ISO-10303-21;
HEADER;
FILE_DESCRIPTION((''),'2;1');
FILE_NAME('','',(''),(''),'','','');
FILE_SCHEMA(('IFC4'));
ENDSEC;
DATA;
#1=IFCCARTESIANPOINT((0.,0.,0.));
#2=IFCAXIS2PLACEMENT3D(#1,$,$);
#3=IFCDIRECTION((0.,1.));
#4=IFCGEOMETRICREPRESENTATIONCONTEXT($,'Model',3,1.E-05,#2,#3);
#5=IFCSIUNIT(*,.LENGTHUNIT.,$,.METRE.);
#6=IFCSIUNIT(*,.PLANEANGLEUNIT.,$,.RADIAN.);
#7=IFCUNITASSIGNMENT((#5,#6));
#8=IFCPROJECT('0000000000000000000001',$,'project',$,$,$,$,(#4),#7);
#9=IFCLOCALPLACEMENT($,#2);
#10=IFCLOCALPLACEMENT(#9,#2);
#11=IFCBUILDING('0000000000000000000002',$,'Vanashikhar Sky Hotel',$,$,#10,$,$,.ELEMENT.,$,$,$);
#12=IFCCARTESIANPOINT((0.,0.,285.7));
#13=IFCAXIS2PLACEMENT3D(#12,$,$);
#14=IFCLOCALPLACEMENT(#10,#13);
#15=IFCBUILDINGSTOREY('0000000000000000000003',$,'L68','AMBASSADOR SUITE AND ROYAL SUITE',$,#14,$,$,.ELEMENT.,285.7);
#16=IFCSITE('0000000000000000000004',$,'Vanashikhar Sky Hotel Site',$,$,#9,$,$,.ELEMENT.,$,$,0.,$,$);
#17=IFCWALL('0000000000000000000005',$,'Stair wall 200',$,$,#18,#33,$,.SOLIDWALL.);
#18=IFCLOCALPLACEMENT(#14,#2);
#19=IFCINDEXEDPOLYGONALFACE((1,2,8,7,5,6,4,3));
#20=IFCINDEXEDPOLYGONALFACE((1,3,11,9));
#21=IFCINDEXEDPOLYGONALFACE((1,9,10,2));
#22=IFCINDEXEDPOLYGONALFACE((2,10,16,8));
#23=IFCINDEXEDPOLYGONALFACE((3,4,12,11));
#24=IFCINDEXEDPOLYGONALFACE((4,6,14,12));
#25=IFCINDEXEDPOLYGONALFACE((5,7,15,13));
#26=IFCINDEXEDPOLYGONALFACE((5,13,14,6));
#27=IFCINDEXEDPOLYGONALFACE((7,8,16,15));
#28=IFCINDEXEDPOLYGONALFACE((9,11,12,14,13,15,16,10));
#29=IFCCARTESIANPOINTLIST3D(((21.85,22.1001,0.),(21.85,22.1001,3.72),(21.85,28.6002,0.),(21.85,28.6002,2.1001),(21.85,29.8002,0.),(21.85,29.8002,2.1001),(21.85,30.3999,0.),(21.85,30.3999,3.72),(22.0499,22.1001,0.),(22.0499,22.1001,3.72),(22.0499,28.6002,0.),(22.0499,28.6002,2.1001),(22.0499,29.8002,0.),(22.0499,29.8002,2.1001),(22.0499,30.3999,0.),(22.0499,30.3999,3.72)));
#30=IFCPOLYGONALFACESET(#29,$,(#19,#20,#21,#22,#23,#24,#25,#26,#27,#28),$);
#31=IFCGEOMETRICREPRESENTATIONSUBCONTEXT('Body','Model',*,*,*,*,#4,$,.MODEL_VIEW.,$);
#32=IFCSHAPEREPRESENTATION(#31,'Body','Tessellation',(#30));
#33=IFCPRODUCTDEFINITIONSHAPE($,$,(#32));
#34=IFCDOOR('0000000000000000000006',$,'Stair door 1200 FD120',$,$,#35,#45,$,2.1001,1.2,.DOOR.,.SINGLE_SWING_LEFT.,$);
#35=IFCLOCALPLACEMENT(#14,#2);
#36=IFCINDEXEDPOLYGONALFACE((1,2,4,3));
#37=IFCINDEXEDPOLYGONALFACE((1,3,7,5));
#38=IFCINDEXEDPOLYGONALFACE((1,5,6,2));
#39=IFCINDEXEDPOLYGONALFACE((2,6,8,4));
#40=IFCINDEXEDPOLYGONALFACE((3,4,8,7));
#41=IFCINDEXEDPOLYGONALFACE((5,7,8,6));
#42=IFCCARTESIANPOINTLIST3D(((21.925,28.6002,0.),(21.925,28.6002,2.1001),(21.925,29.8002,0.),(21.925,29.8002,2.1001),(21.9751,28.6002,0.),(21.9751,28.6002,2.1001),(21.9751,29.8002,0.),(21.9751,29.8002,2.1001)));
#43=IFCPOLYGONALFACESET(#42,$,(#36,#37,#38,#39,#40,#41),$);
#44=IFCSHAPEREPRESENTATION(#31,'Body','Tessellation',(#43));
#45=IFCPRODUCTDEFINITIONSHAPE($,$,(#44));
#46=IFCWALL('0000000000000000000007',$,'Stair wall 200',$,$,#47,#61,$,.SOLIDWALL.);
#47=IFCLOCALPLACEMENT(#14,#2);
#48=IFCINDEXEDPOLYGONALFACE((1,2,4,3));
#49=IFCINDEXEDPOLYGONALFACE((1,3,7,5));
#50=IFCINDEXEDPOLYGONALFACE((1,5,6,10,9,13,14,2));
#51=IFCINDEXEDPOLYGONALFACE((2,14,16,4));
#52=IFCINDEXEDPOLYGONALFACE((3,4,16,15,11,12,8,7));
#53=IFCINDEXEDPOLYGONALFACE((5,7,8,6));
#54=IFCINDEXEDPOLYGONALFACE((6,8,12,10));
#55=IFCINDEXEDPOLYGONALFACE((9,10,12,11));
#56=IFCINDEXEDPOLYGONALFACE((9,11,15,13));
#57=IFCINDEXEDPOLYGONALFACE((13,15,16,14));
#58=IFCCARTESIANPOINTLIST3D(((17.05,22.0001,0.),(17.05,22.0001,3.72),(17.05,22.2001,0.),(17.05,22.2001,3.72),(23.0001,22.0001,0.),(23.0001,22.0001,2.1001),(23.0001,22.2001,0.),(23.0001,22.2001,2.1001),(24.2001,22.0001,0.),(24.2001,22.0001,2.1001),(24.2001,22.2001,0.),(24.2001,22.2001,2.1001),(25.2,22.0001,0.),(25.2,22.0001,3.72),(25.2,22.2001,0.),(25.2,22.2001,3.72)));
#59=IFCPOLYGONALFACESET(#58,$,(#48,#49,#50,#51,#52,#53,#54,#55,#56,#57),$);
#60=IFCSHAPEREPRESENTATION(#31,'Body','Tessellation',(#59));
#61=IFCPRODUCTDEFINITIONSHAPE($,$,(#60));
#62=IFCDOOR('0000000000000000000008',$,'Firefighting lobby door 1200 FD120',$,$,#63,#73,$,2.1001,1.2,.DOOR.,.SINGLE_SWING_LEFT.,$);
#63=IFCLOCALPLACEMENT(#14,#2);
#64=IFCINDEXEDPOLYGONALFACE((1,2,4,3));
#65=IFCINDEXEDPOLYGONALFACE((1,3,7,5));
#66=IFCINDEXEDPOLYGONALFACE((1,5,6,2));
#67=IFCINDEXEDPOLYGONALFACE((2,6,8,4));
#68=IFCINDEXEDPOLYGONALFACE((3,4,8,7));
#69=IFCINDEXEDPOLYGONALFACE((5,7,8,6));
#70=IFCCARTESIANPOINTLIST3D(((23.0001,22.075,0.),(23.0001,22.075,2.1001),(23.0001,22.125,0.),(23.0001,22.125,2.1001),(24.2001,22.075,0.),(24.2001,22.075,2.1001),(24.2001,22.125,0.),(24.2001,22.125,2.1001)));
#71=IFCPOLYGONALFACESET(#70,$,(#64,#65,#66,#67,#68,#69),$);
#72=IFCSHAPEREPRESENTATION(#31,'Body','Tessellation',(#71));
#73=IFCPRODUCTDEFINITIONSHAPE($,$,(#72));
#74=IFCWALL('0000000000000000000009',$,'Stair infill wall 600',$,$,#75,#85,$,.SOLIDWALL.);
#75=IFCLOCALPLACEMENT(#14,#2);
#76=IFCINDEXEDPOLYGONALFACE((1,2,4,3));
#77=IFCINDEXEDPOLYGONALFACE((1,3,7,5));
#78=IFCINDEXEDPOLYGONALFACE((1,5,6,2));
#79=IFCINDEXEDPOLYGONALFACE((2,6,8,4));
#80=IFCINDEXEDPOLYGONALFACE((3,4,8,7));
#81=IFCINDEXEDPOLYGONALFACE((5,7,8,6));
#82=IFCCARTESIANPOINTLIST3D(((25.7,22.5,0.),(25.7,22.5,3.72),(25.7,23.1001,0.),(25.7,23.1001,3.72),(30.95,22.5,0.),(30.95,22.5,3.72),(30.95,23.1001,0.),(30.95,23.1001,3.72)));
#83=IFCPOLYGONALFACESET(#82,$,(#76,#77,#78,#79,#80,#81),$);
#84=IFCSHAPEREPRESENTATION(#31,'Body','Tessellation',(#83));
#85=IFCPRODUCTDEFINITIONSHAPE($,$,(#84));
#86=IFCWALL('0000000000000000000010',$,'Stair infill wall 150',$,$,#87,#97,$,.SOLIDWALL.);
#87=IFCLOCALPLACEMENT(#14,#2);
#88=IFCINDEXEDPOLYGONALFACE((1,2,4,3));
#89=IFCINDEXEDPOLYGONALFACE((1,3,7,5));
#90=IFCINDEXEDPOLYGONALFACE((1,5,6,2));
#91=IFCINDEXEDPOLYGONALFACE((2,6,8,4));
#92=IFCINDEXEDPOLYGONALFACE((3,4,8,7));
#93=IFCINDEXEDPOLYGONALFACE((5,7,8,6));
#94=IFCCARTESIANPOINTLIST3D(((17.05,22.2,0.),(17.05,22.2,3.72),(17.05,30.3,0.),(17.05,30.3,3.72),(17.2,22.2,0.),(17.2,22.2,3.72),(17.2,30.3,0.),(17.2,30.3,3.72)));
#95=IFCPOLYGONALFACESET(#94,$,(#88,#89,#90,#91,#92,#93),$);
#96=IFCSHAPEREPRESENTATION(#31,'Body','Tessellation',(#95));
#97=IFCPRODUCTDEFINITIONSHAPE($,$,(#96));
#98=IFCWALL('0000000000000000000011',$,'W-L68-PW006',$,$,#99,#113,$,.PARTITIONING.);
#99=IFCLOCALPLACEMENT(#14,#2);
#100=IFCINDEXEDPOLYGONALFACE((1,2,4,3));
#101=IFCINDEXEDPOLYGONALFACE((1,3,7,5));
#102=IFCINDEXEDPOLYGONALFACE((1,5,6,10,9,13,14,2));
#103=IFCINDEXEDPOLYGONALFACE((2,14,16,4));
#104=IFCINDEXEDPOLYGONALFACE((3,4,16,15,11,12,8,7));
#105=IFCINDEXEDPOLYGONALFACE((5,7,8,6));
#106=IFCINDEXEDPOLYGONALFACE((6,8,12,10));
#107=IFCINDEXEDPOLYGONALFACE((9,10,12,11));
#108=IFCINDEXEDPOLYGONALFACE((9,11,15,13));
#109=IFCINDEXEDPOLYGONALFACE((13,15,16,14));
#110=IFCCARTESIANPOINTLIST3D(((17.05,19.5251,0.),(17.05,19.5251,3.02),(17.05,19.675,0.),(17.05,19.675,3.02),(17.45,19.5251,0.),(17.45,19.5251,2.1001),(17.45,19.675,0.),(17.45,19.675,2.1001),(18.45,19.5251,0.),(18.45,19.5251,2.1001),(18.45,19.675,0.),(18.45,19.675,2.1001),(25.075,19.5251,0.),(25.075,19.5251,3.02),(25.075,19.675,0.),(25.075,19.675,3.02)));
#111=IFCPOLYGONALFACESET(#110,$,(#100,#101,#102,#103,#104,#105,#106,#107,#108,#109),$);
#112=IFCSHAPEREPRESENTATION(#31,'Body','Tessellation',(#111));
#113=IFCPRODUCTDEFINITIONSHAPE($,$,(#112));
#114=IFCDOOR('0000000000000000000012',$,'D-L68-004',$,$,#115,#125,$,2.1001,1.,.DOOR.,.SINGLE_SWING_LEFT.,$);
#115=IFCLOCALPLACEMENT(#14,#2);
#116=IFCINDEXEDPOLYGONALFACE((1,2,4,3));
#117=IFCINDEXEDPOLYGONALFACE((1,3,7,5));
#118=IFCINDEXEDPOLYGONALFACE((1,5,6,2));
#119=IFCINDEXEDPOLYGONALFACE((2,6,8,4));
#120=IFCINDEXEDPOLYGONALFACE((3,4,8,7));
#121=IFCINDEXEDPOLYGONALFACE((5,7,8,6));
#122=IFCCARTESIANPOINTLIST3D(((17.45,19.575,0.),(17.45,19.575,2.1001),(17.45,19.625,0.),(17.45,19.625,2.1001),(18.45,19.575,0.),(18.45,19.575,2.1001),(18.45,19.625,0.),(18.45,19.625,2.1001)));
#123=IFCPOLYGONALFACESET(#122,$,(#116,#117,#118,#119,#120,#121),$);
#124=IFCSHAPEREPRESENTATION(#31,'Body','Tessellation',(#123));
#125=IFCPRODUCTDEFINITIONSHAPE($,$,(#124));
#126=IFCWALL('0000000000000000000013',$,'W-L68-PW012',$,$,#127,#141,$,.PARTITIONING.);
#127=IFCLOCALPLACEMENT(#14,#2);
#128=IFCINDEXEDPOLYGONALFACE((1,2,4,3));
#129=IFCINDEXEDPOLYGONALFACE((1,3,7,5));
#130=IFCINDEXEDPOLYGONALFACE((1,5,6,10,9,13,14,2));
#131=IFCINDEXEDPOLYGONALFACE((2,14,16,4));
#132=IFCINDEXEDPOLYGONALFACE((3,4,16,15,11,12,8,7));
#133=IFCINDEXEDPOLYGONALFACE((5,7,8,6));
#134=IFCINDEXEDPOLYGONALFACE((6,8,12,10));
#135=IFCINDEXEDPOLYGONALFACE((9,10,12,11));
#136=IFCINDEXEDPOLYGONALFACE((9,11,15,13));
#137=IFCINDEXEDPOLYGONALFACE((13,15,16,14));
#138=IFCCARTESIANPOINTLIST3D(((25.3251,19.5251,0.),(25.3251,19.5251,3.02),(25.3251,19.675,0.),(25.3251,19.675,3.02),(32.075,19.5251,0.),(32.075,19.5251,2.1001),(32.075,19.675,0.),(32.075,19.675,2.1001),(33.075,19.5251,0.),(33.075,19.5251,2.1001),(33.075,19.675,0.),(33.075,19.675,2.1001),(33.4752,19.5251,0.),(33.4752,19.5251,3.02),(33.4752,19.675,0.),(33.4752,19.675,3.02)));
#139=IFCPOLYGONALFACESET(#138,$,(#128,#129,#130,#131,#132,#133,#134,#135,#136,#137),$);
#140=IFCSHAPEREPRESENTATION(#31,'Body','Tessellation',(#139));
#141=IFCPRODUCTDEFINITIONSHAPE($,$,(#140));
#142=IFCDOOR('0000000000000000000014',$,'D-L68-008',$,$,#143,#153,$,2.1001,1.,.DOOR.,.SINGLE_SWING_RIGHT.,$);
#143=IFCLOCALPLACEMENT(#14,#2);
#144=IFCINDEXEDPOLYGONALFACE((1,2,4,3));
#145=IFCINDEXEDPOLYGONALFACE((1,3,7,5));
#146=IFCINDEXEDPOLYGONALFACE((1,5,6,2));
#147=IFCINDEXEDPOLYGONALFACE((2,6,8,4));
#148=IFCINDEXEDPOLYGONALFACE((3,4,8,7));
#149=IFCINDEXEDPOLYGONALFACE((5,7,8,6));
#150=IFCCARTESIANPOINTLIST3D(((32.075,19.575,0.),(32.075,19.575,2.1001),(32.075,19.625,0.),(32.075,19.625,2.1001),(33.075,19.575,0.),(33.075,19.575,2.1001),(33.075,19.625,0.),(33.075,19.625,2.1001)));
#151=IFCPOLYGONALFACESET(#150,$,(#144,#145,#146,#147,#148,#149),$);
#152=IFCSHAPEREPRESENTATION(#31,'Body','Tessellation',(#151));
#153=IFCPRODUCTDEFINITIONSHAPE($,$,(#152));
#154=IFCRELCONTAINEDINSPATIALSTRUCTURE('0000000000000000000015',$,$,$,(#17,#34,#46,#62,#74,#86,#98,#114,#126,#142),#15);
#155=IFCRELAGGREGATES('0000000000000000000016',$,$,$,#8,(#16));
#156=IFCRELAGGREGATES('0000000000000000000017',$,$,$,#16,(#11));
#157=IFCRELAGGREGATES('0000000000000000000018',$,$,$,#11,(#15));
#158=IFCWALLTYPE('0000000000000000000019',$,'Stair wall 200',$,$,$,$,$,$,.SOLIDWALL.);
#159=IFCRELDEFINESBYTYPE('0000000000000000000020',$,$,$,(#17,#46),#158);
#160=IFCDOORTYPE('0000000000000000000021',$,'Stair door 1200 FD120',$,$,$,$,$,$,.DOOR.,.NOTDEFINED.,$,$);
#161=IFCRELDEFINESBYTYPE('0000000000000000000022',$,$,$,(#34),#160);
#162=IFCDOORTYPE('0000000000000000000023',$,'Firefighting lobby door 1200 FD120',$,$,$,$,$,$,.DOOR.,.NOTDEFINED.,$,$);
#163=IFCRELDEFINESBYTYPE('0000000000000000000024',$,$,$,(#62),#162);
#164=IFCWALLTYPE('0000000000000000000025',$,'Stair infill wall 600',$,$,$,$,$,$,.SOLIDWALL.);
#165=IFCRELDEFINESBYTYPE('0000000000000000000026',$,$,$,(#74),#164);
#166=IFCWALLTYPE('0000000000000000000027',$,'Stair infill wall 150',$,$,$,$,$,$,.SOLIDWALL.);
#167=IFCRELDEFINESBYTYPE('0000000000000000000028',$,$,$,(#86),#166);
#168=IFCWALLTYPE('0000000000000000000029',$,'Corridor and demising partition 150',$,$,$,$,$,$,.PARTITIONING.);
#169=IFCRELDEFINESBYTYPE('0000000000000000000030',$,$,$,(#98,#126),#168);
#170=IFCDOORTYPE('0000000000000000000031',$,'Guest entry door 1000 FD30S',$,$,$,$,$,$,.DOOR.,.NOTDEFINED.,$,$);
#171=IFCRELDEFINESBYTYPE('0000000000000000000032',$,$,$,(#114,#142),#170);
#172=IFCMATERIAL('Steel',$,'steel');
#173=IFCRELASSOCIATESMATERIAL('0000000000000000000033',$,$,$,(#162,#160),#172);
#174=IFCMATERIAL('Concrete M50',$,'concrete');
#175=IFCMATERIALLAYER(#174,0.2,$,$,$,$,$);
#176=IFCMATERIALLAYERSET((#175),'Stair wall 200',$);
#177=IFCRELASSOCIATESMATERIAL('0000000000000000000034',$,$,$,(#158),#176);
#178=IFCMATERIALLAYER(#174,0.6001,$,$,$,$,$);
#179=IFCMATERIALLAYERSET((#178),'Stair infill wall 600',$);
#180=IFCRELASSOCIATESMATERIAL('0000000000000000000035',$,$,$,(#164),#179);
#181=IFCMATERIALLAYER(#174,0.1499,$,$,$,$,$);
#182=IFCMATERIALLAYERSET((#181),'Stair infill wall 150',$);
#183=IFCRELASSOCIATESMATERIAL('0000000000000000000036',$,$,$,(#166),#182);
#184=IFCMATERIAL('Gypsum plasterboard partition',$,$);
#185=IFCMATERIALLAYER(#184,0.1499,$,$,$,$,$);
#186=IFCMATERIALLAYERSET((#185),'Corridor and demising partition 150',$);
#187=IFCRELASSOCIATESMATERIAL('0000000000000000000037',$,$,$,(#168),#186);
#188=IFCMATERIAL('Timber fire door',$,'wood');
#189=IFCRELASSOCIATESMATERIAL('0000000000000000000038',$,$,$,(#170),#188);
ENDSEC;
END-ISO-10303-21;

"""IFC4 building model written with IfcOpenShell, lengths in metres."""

from ifc_helpers import new_model, si_unit, direction, frame, frame_2d, origin, place, context, subcontext, project, spatial, rectangle, extrude, source, transform, mapped, material, layer, layer_set, type_object, element, fill, save


model = new_model("IFC4")

# Units and contexts
model_context = context("Model", 3, precision=1e-05, world=origin(), true_north=direction((0.0, 1.0)))
body_context = subcontext(model_context, "Body", "Model", "MODEL_VIEW")
ifc_project = project(units=[si_unit("LENGTHUNIT", "METRE"), si_unit("PLANEANGLEUNIT", "RADIAN")], contexts=[model_context])

# Site, building, storey
site_placement = place(None, origin())
site = spatial("IfcSite", under=ifc_project, at=site_placement, Name="Vanashikhar Sky Hotel Site", CompositionType="ELEMENT", RefElevation=0.0)
building_placement = place(site_placement, origin())
building = spatial("IfcBuilding", under=site, at=building_placement, Name="Vanashikhar Sky Hotel", CompositionType="ELEMENT")
storey_placement = place(building_placement, frame((0.0, 0.0, 285.7)))
storey = spatial("IfcBuildingStorey", under=building, at=storey_placement, Name="L68", Description="AMBASSADOR SUITE AND ROYAL SUITE", CompositionType="ELEMENT", Elevation=285.7)

# Shared definitions
ifc_material_1 = material(Name="Concrete M50", Category="concrete")

# Shared definitions
ifc_material_2 = material(Name="Steel", Category="steel")
door_type_1 = type_object("IfcDoorType", Name="Firefighting lobby door 1200 FD120", OperationType="NOTDEFINED", PredefinedType="DOOR", material=ifc_material_2)

# Walls, openings, doors
ifc_layer_1 = layer(ifc_material_1, 0.2)
ifc_layer_set_1 = layer_set([ifc_layer_1], Name="Stair wall 200")
wall_type_1 = type_object("IfcWallType", Name="Stair wall 200", PredefinedType="SOLIDWALL", material=ifc_layer_set_1)
shared_shape_1 = source(origin(), body_context, "Body", "SweptSolid", [
    extrude(rectangle(XDim=8.2998, YDim=0.2, at=frame_2d((4.1499, 0.0))), origin(), (0.0, 0.0, 1.0), 3.72),
])
wall_1_placement = place(storey_placement, frame((21.95, 22.1001, 0.0), z_axis=(0.0, 0.0, 1.0), x_axis=(0.0, 1.0, 0.0)))
wall_1 = element("IfcWall", 1, at=wall_1_placement, inside=storey, type_object=wall_type_1, Name="Stair wall 200", PredefinedType="SOLIDWALL", context=body_context, shape_type="MappedRepresentation", body=[
    mapped(shared_shape_1, transform((0.0, 0.0, 0.0), scale=1.0)),
])
shared_shape_2 = source(origin(), body_context, "Body", "SweptSolid", [
    extrude(rectangle(XDim=1.2, YDim=2.1001, at=frame_2d((0.6001, 1.05))), frame((0.0, 0.1099, 0.0), z_axis=(0.0, -1.0, 0.0), x_axis=(1.0, 0.0, 0.0)), (0.0, 0.0, 1.0), 0.22),
])
opening_1_placement = place(wall_1_placement, frame((6.5, 0.0, 0.0)))
opening_1 = element("IfcOpeningElement", 2, at=opening_1_placement, cuts=wall_1, PredefinedType="OPENING", context=body_context, shape_type="MappedRepresentation", body=[
    mapped(shared_shape_2, transform((0.0, 0.0, 0.0), scale=1.0)),
])
door_type_2 = type_object("IfcDoorType", Name="Stair door 1200 FD120", OperationType="NOTDEFINED", PredefinedType="DOOR", material=ifc_material_2)
shared_shape_3 = source(origin(), body_context, "Body", "SweptSolid", [
    extrude(rectangle(XDim=1.2, YDim=2.1001, at=frame_2d((0.6001, 1.05))), frame((0.0, 0.0249, 0.0), z_axis=(0.0, -1.0, 0.0), x_axis=(1.0, 0.0, 0.0)), (0.0, 0.0, 1.0), 0.05),
])
door_1_placement = place(opening_1_placement, origin())
door_1 = element("IfcDoor", 3, at=door_1_placement, inside=storey, type_object=door_type_2, Name="Stair door 1200 FD120", OperationType="SINGLE_SWING_LEFT", OverallHeight=2.1001, OverallWidth=1.2, PredefinedType="DOOR", context=body_context, shape_type="MappedRepresentation", body=[
    mapped(shared_shape_3, transform((0.0, 0.0, 0.0), scale=1.0)),
])
fill(opening_1, door_1)
shared_shape_4 = source(origin(), body_context, "Body", "SweptSolid", [
    extrude(rectangle(XDim=8.1499, YDim=0.2, at=frame_2d((4.075, 0.0))), origin(), (0.0, 0.0, 1.0), 3.72),
])
wall_2_placement = place(storey_placement, frame((17.05, 22.1001, 0.0), z_axis=(0.0, 0.0, 1.0), x_axis=(1.0, 0.0, 0.0)))
wall_2 = element("IfcWall", 4, at=wall_2_placement, inside=storey, type_object=wall_type_1, Name="Stair wall 200", PredefinedType="SOLIDWALL", context=body_context, shape_type="MappedRepresentation", body=[
    mapped(shared_shape_4, transform((0.0, 0.0, 0.0), scale=1.0)),
])
opening_2_placement = place(wall_2_placement, frame((5.95, 0.0, 0.0)))
opening_2 = element("IfcOpeningElement", 5, at=opening_2_placement, cuts=wall_2, PredefinedType="OPENING", context=body_context, shape_type="MappedRepresentation", body=[
    mapped(shared_shape_2, transform((0.0, 0.0, 0.0), scale=1.0)),
])
door_2_placement = place(opening_2_placement, origin())
door_2 = element("IfcDoor", 6, at=door_2_placement, inside=storey, type_object=door_type_1, Name="Firefighting lobby door 1200 FD120", OperationType="SINGLE_SWING_LEFT", OverallHeight=2.1001, OverallWidth=1.2, PredefinedType="DOOR", context=body_context, shape_type="MappedRepresentation", body=[
    mapped(shared_shape_3, transform((0.0, 0.0, 0.0), scale=1.0)),
])
fill(opening_2, door_2)

# Walls
ifc_layer_2 = layer(ifc_material_1, 0.6001)
ifc_layer_set_2 = layer_set([ifc_layer_2], Name="Stair infill wall 600")
wall_type_2 = type_object("IfcWallType", Name="Stair infill wall 600", PredefinedType="SOLIDWALL", material=ifc_layer_set_2)
shared_shape_5 = source(origin(), body_context, "Body", "SweptSolid", [
    extrude(rectangle(XDim=5.25, YDim=0.6001, at=frame_2d((2.625, 0.0))), origin(), (0.0, 0.0, 1.0), 3.72),
])
wall_3_placement = place(storey_placement, frame((25.7, 22.8, 0.0), z_axis=(0.0, 0.0, 1.0), x_axis=(1.0, 0.0, 0.0)))
element("IfcWall", 7, at=wall_3_placement, inside=storey, type_object=wall_type_2, Name="Stair infill wall 600", PredefinedType="SOLIDWALL", context=body_context, shape_type="MappedRepresentation", body=[
    mapped(shared_shape_5, transform((0.0, 0.0, 0.0), scale=1.0)),
])
ifc_layer_3 = layer(ifc_material_1, 0.1499)
ifc_layer_set_3 = layer_set([ifc_layer_3], Name="Stair infill wall 150")
wall_type_3 = type_object("IfcWallType", Name="Stair infill wall 150", PredefinedType="SOLIDWALL", material=ifc_layer_set_3)
shared_shape_6 = source(origin(), body_context, "Body", "SweptSolid", [
    extrude(rectangle(XDim=8.1001, YDim=0.1499, at=frame_2d((4.05, 0.0))), origin(), (0.0, 0.0, 1.0), 3.72),
])
wall_4_placement = place(storey_placement, frame((17.125, 22.2, 0.0), z_axis=(0.0, 0.0, 1.0), x_axis=(0.0, 1.0, 0.0)))
element("IfcWall", 8, at=wall_4_placement, inside=storey, type_object=wall_type_3, Name="Stair infill wall 150", PredefinedType="SOLIDWALL", context=body_context, shape_type="MappedRepresentation", body=[
    mapped(shared_shape_6, transform((0.0, 0.0, 0.0), scale=1.0)),
])

# Walls, openings, doors
ifc_material_3 = material(Name="Gypsum plasterboard partition")
ifc_layer_4 = layer(ifc_material_3, 0.1499)
ifc_layer_set_4 = layer_set([ifc_layer_4], Name="Corridor and demising partition 150")
wall_type_4 = type_object("IfcWallType", Name="Corridor and demising partition 150", PredefinedType="PARTITIONING", material=ifc_layer_set_4)
shared_shape_7 = source(origin(), body_context, "Body", "SweptSolid", [
    extrude(rectangle(XDim=8.0249, YDim=0.1499, at=frame_2d((4.0125, 0.0))), origin(), (0.0, 0.0, 1.0), 3.02),
])
wall_5_placement = place(storey_placement, frame((17.05, 19.6001, 0.0), z_axis=(0.0, 0.0, 1.0), x_axis=(1.0, 0.0, 0.0)))
wall_5 = element("IfcWall", 9, at=wall_5_placement, inside=storey, type_object=wall_type_4, Name="W-L68-PW006", PredefinedType="PARTITIONING", context=body_context, shape_type="MappedRepresentation", body=[
    mapped(shared_shape_7, transform((0.0, 0.0, 0.0), scale=1.0)),
])
shared_shape_8 = source(origin(), body_context, "Body", "SweptSolid", [
    extrude(rectangle(XDim=1.0, YDim=2.1001, at=frame_2d((0.5, 1.05))), frame((0.0, 0.085, 0.0), z_axis=(0.0, -1.0, 0.0), x_axis=(1.0, 0.0, 0.0)), (0.0, 0.0, 1.0), 0.1699),
])
opening_3_placement = place(wall_5_placement, frame((0.3999, 0.0, 0.0)))
opening_3 = element("IfcOpeningElement", 10, at=opening_3_placement, cuts=wall_5, PredefinedType="OPENING", context=body_context, shape_type="MappedRepresentation", body=[
    mapped(shared_shape_8, transform((0.0, 0.0, 0.0), scale=1.0)),
])
ifc_material_4 = material(Name="Timber fire door", Category="wood")
door_type_3 = type_object("IfcDoorType", Name="Guest entry door 1000 FD30S", OperationType="NOTDEFINED", PredefinedType="DOOR", material=ifc_material_4)
shared_shape_9 = source(origin(), body_context, "Body", "SweptSolid", [
    extrude(rectangle(XDim=1.0, YDim=2.1001, at=frame_2d((0.5, 1.05))), frame((0.0, 0.0249, 0.0), z_axis=(0.0, -1.0, 0.0), x_axis=(1.0, 0.0, 0.0)), (0.0, 0.0, 1.0), 0.05),
])
door_3_placement = place(opening_3_placement, origin())
door_3 = element("IfcDoor", 11, at=door_3_placement, inside=storey, type_object=door_type_3, Name="D-L68-004", OperationType="SINGLE_SWING_LEFT", OverallHeight=2.1001, OverallWidth=1.0, PredefinedType="DOOR", context=body_context, shape_type="MappedRepresentation", body=[
    mapped(shared_shape_9, transform((0.0, 0.0, 0.0), scale=1.0)),
])
fill(opening_3, door_3)
shared_shape_10 = source(origin(), body_context, "Body", "SweptSolid", [
    extrude(rectangle(XDim=8.1501, YDim=0.1499, at=frame_2d((4.0752, 0.0))), origin(), (0.0, 0.0, 1.0), 3.02),
])
wall_6_placement = place(storey_placement, frame((25.325, 19.6001, 0.0), z_axis=(0.0, 0.0, 1.0), x_axis=(1.0, 0.0, 0.0)))
wall_6 = element("IfcWall", 12, at=wall_6_placement, inside=storey, type_object=wall_type_4, Name="W-L68-PW012", PredefinedType="PARTITIONING", context=body_context, shape_type="MappedRepresentation", body=[
    mapped(shared_shape_10, transform((0.0, 0.0, 0.0), scale=1.0)),
])
opening_4_placement = place(wall_6_placement, frame((6.75, 0.0, 0.0)))
opening_4 = element("IfcOpeningElement", 13, at=opening_4_placement, cuts=wall_6, PredefinedType="OPENING", context=body_context, shape_type="MappedRepresentation", body=[
    mapped(shared_shape_8, transform((0.0, 0.0, 0.0), scale=1.0)),
])
door_4_placement = place(opening_4_placement, origin())
door_4 = element("IfcDoor", 14, at=door_4_placement, inside=storey, type_object=door_type_3, Name="D-L68-008", OperationType="SINGLE_SWING_RIGHT", OverallHeight=2.1001, OverallWidth=1.0, PredefinedType="DOOR", context=body_context, shape_type="MappedRepresentation", body=[
    mapped(shared_shape_9, transform((0.0, 0.0, 0.0), scale=1.0)),
])
fill(opening_4, door_4)

save(model, "model.ifc")
